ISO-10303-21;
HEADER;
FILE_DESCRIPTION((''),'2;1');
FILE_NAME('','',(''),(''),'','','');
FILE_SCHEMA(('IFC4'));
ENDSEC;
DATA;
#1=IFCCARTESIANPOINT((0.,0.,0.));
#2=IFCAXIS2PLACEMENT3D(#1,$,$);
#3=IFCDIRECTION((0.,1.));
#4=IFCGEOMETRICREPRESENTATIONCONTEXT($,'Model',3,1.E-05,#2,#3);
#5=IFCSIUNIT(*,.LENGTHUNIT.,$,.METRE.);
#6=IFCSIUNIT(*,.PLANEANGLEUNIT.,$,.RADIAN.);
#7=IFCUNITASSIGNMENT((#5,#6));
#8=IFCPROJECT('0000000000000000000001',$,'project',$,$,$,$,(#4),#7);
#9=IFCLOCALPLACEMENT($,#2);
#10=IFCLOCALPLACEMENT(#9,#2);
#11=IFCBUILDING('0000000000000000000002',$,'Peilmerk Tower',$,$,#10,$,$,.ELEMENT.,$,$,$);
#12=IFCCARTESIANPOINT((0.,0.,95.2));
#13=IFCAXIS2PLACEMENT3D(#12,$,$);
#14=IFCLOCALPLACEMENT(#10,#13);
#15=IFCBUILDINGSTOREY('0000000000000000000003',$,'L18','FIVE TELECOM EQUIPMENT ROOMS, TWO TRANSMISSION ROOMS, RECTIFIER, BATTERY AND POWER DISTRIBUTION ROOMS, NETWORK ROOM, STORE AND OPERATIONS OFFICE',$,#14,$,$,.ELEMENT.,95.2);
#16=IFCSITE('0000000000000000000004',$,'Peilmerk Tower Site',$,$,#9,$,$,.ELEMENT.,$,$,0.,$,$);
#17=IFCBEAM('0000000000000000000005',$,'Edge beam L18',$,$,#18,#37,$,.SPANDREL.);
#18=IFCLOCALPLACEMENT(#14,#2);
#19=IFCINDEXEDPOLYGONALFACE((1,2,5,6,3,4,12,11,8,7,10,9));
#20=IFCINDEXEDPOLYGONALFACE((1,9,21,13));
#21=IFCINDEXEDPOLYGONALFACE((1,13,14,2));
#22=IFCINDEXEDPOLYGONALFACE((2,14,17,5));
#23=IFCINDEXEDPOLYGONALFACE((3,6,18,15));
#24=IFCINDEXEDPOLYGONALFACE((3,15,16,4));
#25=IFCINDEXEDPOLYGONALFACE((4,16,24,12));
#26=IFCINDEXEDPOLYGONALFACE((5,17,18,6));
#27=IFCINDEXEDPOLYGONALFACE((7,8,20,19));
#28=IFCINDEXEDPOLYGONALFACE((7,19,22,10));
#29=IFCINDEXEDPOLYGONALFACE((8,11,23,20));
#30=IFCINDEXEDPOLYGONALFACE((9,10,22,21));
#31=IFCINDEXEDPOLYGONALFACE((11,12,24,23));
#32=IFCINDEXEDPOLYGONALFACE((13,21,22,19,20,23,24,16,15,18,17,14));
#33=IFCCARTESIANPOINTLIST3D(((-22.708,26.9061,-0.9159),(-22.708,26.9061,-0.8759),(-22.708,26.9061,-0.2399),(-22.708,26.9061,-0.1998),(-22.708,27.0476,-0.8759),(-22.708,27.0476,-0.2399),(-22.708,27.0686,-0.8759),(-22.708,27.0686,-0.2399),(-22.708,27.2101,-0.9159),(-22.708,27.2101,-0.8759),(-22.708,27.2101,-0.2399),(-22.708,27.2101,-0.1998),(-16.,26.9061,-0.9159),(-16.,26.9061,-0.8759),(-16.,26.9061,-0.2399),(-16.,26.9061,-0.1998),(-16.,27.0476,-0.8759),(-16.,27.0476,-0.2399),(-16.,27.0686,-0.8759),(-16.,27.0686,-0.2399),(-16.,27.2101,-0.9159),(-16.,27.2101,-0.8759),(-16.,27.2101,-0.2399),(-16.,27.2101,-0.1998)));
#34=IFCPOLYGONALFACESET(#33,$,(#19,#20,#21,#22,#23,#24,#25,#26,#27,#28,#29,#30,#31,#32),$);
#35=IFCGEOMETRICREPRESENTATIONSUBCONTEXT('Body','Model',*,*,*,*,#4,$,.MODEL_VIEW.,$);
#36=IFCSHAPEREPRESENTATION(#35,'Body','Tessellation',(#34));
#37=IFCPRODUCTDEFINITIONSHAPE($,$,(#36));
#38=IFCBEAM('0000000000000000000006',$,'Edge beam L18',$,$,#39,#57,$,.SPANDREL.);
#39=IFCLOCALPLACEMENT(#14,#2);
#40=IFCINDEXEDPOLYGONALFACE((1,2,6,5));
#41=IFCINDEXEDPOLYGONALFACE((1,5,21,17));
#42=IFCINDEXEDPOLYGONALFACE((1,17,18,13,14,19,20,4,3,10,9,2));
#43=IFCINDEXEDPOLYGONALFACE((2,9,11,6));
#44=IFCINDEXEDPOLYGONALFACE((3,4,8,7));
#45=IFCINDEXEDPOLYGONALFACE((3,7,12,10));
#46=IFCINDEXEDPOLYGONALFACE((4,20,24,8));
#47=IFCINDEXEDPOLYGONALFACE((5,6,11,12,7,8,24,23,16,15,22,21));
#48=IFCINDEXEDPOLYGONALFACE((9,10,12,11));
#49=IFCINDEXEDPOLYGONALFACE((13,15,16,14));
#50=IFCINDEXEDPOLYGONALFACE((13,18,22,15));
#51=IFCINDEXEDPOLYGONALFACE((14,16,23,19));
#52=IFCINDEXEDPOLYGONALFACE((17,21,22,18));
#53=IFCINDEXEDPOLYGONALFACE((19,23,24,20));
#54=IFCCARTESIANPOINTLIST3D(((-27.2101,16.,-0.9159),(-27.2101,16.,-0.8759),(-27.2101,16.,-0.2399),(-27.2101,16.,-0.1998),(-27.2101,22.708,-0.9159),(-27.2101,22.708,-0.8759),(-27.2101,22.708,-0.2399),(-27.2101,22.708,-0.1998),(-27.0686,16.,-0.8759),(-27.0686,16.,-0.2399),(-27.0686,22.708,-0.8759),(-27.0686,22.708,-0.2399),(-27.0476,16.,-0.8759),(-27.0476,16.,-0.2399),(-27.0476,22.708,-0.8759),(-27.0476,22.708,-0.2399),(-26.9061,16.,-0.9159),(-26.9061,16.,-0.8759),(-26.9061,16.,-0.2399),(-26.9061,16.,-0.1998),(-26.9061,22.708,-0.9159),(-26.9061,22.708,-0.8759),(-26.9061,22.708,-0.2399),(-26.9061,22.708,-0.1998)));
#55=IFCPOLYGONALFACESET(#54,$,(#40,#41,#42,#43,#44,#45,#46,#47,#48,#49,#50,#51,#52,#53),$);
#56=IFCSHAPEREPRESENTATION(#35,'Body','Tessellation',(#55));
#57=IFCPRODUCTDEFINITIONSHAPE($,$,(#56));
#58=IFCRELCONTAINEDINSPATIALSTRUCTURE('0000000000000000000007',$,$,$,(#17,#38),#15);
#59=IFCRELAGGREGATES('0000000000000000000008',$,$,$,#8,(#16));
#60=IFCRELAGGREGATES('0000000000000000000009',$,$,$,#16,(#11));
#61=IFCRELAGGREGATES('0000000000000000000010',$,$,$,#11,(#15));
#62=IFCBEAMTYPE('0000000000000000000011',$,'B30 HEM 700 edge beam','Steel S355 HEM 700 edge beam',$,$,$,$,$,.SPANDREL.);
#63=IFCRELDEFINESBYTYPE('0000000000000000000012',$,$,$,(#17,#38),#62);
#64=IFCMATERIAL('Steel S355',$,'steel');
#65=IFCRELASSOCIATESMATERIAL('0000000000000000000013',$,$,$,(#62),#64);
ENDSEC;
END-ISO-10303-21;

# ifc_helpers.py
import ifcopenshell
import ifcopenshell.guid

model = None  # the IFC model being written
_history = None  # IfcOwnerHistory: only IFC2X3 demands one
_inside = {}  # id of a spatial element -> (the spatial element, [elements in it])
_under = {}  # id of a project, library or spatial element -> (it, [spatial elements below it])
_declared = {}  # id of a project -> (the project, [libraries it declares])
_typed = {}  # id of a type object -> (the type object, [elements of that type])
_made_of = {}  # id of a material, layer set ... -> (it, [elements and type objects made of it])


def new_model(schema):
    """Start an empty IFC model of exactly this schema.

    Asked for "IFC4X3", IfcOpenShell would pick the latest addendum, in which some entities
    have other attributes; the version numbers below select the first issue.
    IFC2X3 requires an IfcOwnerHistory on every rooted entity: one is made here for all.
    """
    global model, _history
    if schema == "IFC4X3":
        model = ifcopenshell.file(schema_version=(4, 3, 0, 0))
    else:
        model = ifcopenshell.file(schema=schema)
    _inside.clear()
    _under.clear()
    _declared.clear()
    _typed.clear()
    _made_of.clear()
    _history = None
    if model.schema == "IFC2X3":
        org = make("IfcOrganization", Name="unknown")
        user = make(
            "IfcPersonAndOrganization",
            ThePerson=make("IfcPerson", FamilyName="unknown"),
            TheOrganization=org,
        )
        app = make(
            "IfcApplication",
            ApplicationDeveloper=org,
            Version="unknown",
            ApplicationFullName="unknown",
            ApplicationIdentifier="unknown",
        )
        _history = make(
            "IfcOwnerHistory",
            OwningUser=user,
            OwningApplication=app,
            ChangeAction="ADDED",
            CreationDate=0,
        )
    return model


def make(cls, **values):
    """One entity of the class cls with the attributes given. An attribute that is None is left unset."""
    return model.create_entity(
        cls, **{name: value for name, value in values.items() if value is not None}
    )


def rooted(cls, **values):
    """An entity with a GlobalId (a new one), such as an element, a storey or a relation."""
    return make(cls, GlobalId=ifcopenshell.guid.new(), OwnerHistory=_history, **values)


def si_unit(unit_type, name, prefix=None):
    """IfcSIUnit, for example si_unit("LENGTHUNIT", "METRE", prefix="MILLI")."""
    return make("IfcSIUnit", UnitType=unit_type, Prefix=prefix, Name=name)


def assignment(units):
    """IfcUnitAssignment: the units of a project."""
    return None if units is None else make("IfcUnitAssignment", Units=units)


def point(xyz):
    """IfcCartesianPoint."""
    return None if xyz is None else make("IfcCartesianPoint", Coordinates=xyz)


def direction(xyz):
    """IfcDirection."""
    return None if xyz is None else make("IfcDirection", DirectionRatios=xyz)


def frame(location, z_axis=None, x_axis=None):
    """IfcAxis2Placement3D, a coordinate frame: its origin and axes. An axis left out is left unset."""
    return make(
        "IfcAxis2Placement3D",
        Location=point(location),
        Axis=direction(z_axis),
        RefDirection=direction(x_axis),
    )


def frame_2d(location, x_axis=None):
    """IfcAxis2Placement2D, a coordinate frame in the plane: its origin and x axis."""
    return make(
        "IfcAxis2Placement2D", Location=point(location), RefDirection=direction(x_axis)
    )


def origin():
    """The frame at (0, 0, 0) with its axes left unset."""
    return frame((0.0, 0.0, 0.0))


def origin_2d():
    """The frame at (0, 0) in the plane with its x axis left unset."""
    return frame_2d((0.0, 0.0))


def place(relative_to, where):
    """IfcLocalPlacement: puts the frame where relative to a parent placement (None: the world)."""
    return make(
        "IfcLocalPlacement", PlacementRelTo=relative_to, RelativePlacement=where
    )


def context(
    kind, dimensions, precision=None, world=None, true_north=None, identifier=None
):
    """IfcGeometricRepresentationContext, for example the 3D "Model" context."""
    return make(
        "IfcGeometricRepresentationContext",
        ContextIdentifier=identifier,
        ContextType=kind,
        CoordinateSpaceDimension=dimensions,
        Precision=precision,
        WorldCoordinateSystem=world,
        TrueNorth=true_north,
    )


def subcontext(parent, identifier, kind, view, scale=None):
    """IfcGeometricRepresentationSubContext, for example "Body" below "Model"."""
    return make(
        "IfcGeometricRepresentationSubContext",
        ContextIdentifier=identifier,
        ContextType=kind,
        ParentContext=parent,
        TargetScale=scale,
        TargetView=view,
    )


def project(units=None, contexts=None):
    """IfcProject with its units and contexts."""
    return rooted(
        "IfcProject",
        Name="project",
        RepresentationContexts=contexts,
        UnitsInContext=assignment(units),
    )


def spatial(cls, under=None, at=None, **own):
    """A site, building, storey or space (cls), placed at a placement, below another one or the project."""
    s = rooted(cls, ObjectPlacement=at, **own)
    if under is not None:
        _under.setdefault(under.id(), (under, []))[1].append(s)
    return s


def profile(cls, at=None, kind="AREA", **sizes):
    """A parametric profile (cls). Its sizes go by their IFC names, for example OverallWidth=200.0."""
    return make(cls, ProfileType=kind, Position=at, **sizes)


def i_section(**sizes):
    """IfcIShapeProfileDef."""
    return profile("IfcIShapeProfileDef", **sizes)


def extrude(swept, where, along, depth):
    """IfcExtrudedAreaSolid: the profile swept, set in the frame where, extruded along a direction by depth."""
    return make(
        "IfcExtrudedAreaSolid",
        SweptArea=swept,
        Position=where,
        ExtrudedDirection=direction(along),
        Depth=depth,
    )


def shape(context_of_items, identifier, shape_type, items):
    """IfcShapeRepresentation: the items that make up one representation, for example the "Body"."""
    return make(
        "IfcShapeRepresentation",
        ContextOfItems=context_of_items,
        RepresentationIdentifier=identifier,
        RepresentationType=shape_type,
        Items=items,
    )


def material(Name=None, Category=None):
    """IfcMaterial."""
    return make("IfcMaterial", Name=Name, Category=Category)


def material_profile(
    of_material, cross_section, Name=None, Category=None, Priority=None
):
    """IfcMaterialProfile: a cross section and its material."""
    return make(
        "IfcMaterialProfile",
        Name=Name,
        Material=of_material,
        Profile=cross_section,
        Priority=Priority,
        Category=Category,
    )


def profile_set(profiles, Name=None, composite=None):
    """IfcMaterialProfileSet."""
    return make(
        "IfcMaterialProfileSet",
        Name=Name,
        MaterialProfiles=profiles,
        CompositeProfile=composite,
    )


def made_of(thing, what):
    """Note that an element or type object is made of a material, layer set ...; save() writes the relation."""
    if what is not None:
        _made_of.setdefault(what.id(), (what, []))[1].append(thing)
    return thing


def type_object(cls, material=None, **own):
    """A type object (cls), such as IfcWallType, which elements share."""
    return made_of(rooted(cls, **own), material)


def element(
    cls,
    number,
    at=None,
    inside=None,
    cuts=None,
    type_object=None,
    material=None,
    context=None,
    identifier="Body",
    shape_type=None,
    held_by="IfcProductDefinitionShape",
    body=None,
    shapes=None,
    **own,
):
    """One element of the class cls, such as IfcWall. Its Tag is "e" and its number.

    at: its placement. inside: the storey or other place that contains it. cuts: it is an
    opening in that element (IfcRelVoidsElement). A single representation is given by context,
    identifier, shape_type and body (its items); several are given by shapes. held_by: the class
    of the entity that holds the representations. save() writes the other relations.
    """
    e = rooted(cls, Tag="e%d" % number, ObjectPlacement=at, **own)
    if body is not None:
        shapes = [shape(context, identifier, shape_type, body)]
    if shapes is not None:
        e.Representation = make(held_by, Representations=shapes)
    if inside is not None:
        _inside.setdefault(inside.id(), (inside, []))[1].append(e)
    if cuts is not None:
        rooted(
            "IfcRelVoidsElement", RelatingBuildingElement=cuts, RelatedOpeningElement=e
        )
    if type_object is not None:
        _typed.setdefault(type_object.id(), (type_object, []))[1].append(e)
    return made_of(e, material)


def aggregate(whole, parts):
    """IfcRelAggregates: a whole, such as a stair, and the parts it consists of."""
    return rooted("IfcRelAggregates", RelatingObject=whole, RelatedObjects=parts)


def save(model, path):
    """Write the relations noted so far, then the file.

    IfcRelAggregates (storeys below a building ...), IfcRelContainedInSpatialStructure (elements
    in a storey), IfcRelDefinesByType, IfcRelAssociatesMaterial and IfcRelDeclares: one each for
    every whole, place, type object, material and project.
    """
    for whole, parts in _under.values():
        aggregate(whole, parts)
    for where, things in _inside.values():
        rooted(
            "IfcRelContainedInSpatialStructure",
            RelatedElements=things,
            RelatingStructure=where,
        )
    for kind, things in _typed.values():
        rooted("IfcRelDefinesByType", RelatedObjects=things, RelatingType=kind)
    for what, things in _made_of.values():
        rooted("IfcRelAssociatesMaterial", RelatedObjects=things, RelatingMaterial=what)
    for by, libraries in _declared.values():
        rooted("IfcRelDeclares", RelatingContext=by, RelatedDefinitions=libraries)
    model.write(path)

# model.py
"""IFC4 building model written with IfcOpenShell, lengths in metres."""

from ifc_helpers import new_model, si_unit, direction, frame, origin, origin_2d, place, context, subcontext, project, spatial, i_section, extrude, material, material_profile, profile_set, type_object, element, save


model = new_model("IFC4")

# Units and contexts
model_context = context("Model", 3, precision=1e-05, world=origin(), true_north=direction((0.0, 1.0)))
body_context = subcontext(model_context, "Body", "Model", "MODEL_VIEW")
ifc_project = project(units=[si_unit("LENGTHUNIT", "METRE"), si_unit("PLANEANGLEUNIT", "RADIAN")], contexts=[model_context])

# Site, building, storey
site_placement = place(None, origin())
site = spatial("IfcSite", under=ifc_project, at=site_placement, Name="Peilmerk Tower Site", CompositionType="ELEMENT", RefElevation=0.0)
building_placement = place(site_placement, origin())
building = spatial("IfcBuilding", under=site, at=building_placement, Name="Peilmerk Tower", CompositionType="ELEMENT")
storey_placement = place(building_placement, frame((0.0, 0.0, 95.2)))
storey = spatial("IfcBuildingStorey", under=building, at=storey_placement, Name="L18", Description="FIVE TELECOM EQUIPMENT ROOMS, TWO TRANSMISSION ROOMS, RECTIFIER, BATTERY AND POWER DISTRIBUTION ROOMS, NETWORK ROOM, STORE AND OPERATIONS OFFICE", CompositionType="ELEMENT", Elevation=95.2)

# Beams
ifc_material_1 = material(Name="Steel S355", Category="steel")
ifc_material_profile_1 = material_profile(ifc_material_1, i_section(OverallWidth=0.304, OverallDepth=0.7161, WebThickness=0.021, FlangeThickness=0.04, at=origin_2d()), Name="HEM 700")
ifc_profile_set_1 = profile_set([ifc_material_profile_1], Name="Steel S355")
beam_type_1 = type_object("IfcBeamType", Name="B30 HEM 700 edge beam", Description="Steel S355 HEM 700 edge beam", PredefinedType="SPANDREL", material=ifc_profile_set_1)
for number, where, z_axis, x_axis, name in (
    (1, (-16.0, 27.0581, -0.5579), (-1.0, 0.0, 0.0), (0.0, -1.0, 0.0), "Edge beam L18"),
    (2, (-27.0581, 22.708, -0.5579), (0.0, -1.0, 0.0), (1.0, 0.0, 0.0), "Edge beam L18"),
):
    element("IfcBeam", number, at=place(storey_placement, frame(where, z_axis=z_axis, x_axis=x_axis)), inside=storey, type_object=beam_type_1, Name=name, PredefinedType="SPANDREL", context=body_context, shape_type="SweptSolid", body=[
        extrude(i_section(OverallWidth=0.304, OverallDepth=0.7161, WebThickness=0.021, FlangeThickness=0.04, at=origin_2d()), origin(), (0.0, 0.0, 1.0), 6.708),
    ])

save(model, "model.ifc")
